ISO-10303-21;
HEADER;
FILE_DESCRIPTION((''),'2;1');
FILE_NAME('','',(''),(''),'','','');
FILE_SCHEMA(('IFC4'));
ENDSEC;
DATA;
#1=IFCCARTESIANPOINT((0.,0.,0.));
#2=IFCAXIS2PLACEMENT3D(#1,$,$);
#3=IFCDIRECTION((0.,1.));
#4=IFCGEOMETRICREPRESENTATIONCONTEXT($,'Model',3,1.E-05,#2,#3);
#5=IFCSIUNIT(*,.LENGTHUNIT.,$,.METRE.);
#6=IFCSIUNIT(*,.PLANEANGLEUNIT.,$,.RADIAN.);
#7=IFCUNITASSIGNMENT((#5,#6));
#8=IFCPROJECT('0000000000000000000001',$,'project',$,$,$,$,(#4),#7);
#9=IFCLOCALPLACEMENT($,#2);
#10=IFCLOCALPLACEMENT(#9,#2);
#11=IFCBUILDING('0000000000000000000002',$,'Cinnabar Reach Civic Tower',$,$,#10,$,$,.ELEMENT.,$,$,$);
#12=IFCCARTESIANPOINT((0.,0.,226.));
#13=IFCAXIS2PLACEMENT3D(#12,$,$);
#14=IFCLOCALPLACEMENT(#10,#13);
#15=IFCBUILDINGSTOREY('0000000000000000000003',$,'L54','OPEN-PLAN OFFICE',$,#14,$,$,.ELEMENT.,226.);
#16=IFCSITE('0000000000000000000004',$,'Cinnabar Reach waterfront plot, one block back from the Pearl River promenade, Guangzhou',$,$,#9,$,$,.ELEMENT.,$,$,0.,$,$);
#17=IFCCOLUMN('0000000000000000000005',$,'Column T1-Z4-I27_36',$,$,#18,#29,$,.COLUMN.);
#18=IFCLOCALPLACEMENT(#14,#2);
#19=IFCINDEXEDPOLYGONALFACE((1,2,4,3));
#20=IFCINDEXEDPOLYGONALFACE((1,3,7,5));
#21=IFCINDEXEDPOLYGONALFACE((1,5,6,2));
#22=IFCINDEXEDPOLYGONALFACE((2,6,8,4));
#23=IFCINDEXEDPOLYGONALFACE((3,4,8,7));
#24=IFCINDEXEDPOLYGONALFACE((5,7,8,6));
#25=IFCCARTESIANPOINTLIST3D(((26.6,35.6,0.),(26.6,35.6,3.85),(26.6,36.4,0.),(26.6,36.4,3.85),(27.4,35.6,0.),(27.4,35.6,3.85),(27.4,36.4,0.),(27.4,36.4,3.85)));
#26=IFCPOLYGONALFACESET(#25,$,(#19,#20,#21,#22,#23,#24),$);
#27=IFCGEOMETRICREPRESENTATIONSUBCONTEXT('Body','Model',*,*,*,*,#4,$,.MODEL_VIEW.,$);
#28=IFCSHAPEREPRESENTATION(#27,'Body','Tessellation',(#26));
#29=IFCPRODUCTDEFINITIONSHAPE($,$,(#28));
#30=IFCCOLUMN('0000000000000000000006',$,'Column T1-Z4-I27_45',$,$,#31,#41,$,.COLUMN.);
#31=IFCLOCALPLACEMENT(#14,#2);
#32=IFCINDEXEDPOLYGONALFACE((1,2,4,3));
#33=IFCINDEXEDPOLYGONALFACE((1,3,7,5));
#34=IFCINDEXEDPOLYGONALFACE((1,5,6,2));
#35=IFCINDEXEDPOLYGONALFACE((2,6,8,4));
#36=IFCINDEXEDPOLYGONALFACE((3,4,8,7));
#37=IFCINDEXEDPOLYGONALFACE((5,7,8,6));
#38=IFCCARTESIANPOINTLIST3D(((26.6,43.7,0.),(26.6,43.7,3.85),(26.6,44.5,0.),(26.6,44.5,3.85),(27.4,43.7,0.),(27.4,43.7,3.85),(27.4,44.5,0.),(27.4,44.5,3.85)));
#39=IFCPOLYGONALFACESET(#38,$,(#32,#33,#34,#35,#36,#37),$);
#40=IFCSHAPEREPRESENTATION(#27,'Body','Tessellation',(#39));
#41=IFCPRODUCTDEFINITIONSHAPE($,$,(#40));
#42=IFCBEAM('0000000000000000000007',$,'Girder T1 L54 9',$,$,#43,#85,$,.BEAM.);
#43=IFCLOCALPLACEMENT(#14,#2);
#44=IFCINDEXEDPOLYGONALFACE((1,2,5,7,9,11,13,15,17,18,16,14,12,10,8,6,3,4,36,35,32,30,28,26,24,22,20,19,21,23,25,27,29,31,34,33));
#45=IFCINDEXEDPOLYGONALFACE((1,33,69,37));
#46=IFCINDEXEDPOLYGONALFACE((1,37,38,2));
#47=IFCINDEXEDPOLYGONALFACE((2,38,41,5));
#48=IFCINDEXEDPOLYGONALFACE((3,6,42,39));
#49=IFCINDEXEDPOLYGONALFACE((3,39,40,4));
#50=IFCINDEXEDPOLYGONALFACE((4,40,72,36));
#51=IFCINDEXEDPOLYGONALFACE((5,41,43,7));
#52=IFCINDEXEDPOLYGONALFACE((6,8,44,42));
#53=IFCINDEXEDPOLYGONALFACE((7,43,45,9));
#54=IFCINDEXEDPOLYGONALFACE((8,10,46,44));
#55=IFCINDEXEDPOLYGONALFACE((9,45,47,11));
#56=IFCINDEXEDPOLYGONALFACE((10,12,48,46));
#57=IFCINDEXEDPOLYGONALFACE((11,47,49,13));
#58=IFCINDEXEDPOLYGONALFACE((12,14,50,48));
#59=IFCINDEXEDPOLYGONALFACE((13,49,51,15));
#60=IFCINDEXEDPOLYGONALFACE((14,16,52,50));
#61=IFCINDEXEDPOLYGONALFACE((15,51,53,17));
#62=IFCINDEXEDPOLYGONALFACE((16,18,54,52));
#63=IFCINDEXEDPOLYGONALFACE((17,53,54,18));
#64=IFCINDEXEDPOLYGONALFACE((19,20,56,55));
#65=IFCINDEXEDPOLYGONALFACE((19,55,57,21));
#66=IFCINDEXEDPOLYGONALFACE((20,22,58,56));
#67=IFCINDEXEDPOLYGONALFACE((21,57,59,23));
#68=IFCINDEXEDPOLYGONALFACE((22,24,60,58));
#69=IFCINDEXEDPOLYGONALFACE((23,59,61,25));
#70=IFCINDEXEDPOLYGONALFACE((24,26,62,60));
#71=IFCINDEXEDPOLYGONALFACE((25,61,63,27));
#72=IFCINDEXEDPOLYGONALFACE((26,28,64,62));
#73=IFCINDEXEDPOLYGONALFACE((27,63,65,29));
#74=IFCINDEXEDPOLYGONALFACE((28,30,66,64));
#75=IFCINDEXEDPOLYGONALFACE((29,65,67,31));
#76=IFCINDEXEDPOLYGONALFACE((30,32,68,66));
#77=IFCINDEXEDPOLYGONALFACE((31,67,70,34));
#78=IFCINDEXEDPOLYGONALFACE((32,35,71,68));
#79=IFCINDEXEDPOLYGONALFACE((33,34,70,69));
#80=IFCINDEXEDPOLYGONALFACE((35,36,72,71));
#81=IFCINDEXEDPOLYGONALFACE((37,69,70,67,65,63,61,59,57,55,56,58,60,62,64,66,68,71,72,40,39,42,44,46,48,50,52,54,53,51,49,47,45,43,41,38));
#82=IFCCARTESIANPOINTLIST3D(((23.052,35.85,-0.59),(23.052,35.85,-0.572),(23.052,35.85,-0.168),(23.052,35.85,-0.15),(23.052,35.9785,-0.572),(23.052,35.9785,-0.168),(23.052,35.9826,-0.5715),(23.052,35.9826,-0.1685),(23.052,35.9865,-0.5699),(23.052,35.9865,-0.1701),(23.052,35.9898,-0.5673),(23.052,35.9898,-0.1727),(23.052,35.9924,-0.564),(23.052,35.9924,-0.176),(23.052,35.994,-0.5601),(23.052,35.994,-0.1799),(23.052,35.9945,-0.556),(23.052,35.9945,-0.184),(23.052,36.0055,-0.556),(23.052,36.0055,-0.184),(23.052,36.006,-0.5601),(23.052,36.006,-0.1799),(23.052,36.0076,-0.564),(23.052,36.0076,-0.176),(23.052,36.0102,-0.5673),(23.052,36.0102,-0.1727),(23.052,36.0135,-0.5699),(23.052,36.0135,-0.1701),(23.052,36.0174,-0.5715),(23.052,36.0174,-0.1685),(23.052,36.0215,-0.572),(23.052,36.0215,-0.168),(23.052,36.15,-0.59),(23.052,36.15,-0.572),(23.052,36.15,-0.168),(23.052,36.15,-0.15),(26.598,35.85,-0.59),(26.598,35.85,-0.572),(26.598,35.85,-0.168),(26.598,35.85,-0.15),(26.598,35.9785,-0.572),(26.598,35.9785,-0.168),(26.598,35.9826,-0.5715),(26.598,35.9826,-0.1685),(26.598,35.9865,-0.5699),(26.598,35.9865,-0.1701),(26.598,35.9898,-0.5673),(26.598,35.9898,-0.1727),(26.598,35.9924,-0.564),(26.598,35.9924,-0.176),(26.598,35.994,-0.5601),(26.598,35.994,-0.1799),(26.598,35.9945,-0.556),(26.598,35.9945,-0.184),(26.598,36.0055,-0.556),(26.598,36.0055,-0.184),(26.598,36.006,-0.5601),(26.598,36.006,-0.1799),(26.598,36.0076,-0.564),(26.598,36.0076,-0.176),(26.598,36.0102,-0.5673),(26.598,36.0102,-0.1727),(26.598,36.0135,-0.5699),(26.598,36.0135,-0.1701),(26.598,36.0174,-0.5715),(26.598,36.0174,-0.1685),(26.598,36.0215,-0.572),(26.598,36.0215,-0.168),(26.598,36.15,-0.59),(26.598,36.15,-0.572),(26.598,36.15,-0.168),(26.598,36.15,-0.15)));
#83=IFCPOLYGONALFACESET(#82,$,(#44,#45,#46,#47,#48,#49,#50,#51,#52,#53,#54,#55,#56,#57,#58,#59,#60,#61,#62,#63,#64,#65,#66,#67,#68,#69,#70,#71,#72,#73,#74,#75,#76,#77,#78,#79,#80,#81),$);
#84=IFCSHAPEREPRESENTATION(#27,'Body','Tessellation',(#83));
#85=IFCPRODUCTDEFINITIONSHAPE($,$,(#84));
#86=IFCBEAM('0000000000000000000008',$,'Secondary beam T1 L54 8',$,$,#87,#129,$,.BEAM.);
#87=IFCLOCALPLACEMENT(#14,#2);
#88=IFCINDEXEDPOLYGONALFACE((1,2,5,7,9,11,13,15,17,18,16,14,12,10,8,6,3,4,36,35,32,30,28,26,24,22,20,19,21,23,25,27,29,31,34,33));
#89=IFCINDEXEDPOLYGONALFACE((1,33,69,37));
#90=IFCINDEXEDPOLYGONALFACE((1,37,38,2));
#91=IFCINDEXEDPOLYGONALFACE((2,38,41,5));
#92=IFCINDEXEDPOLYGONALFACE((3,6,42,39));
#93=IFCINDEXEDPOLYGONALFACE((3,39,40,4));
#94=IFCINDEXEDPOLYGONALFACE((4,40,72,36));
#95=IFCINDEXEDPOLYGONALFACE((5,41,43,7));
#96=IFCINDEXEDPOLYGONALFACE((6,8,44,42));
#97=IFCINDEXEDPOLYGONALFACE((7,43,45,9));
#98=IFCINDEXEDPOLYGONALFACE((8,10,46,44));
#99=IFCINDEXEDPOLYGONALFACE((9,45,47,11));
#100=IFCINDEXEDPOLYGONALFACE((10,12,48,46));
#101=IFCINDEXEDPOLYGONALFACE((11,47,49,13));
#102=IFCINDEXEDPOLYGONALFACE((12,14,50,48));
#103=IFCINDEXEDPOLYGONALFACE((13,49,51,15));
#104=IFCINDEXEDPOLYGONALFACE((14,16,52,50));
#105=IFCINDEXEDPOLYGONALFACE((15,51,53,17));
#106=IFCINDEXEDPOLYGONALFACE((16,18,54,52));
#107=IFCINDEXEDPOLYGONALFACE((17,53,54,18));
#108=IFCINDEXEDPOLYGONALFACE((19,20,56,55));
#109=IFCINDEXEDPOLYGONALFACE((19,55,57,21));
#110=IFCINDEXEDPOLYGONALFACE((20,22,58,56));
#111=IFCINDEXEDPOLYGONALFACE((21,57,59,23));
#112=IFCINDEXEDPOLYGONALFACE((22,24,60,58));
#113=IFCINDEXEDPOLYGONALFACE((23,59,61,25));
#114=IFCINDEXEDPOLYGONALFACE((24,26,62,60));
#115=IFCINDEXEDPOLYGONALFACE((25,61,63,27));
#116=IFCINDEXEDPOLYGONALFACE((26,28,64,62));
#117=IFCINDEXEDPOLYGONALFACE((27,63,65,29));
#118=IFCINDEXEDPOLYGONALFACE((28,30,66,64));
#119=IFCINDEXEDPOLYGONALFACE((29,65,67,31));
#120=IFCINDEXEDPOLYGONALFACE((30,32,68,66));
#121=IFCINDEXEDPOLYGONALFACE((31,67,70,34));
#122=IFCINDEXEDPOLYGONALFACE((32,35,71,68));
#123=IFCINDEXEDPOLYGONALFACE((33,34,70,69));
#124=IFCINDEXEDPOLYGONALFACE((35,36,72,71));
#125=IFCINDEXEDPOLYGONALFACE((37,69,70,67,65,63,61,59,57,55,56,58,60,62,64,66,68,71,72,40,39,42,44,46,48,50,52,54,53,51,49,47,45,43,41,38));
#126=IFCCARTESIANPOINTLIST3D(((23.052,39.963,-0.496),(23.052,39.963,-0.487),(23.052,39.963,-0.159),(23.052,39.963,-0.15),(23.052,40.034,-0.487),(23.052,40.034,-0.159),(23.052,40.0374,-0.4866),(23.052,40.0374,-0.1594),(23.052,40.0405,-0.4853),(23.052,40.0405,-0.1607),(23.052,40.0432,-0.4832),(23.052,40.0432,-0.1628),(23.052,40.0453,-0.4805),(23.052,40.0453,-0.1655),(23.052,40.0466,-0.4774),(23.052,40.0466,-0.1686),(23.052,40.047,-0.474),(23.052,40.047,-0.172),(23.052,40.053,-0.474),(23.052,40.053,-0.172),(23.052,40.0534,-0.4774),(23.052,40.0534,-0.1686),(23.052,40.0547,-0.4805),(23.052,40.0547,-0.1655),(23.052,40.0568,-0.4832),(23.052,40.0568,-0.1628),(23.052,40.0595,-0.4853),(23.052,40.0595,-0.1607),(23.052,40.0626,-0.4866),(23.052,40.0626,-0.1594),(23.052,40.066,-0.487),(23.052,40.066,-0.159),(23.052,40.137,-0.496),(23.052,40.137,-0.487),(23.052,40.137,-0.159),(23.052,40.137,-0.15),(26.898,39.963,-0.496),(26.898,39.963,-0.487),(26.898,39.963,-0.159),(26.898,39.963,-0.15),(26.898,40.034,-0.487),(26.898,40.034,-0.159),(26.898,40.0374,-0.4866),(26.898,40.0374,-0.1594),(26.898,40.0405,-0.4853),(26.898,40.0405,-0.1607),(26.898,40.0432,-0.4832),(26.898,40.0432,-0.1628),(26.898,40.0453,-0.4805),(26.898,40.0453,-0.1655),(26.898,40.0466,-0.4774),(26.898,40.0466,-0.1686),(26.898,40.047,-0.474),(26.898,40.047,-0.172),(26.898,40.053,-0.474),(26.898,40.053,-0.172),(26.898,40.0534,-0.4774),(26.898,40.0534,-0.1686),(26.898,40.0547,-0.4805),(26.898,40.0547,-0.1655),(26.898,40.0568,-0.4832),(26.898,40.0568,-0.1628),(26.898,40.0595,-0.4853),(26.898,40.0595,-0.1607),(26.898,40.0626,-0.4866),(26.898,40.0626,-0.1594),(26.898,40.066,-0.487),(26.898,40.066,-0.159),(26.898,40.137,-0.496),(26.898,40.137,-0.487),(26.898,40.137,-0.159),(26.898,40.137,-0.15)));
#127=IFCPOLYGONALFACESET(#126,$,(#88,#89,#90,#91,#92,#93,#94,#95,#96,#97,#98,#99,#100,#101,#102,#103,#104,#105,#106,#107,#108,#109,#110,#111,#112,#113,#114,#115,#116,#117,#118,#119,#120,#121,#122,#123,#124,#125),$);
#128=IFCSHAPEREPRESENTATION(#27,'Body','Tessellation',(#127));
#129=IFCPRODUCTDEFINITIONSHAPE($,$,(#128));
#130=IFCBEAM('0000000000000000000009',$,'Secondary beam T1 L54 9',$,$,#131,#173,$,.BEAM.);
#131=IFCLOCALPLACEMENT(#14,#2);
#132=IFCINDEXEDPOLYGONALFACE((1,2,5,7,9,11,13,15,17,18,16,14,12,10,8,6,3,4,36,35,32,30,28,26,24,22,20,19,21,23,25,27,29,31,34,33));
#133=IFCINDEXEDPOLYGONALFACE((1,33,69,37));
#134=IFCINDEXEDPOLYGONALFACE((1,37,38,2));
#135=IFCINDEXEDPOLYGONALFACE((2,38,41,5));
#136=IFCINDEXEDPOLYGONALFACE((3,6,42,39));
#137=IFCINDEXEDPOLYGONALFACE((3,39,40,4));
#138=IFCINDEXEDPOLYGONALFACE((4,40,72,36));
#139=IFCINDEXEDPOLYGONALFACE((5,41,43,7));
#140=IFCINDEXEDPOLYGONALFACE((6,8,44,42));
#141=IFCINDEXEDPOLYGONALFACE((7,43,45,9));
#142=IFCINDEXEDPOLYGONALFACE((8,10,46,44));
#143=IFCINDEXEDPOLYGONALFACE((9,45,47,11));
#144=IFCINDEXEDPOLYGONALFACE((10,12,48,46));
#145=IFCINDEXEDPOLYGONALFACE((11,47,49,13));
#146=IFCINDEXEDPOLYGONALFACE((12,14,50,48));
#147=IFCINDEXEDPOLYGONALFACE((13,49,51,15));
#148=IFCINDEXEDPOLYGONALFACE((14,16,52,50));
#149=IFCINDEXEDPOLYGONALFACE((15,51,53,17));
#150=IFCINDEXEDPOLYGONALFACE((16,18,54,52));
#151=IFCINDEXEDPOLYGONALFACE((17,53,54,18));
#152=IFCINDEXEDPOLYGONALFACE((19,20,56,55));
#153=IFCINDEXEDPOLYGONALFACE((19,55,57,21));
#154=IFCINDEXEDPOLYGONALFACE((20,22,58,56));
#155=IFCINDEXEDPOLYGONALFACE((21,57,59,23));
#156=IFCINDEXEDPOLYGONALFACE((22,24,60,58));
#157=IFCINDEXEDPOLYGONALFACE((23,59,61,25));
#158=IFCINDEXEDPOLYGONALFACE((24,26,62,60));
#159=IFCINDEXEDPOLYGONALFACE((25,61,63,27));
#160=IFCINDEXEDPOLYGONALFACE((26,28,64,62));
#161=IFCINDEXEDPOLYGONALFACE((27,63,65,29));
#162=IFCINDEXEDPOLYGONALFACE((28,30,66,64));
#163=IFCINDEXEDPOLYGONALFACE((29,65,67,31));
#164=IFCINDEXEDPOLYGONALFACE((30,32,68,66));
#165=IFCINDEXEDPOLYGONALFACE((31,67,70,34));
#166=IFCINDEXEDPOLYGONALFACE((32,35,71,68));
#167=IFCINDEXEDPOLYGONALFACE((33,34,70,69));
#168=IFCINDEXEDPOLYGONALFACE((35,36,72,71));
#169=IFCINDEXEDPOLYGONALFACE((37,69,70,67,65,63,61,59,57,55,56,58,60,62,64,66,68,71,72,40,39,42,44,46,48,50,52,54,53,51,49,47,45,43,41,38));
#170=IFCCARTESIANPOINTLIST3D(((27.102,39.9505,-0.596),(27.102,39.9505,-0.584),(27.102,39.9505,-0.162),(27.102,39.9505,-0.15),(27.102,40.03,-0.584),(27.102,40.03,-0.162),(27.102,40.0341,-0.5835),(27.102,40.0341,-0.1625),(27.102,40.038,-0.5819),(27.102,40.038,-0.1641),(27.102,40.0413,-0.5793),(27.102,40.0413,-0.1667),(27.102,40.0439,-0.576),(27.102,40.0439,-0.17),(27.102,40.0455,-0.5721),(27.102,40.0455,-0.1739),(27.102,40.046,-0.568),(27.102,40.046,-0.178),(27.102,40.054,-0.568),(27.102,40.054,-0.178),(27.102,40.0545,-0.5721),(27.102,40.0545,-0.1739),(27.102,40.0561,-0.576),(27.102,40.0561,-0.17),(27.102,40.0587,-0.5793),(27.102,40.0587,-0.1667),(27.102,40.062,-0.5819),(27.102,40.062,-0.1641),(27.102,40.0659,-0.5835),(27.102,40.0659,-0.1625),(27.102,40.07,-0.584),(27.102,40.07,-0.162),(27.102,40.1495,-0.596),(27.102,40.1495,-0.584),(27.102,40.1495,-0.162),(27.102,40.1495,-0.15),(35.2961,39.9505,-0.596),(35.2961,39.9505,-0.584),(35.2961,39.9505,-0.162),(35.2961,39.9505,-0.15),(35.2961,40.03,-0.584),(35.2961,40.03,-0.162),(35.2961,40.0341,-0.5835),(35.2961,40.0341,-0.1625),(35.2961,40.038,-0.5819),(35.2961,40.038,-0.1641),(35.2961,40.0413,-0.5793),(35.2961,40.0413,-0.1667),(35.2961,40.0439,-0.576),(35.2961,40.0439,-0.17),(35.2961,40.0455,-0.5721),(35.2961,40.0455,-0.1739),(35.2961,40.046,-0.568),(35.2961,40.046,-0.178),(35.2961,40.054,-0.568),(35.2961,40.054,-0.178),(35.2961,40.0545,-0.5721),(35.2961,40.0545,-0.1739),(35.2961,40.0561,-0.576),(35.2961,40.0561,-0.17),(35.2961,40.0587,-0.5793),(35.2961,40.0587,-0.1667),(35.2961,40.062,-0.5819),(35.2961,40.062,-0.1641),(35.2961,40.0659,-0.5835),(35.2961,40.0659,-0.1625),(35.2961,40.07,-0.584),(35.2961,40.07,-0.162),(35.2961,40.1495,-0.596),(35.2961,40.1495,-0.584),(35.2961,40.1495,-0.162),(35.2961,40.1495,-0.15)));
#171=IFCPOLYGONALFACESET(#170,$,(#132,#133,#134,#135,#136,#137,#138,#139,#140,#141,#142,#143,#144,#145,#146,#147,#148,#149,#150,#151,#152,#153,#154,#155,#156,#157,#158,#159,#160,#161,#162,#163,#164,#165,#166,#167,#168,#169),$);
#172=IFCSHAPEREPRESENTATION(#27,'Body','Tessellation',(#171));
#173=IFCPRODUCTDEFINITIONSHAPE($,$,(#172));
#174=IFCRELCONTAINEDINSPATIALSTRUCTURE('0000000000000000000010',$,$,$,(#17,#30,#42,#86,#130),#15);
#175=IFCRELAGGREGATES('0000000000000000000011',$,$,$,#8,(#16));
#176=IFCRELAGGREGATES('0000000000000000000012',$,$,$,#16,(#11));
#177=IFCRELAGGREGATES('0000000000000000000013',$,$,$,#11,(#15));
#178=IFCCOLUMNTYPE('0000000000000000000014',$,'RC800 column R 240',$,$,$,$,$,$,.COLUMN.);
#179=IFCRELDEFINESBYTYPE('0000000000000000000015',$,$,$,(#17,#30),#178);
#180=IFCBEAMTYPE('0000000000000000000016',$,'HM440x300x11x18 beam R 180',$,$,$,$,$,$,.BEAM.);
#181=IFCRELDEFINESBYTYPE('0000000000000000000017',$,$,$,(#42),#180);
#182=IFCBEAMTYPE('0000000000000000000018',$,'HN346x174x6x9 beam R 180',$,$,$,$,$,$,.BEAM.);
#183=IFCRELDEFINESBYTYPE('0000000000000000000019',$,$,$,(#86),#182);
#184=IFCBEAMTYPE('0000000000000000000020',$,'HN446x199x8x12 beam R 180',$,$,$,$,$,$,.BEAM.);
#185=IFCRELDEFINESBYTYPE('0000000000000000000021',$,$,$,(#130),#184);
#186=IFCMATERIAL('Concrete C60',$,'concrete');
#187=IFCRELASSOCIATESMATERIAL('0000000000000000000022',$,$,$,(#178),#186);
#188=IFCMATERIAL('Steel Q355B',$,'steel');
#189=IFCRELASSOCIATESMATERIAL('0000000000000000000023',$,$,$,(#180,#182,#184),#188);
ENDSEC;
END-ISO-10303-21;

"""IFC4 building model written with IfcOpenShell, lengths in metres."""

from ifc_helpers import new_model, si_unit, direction, frame, origin, origin_2d, place, context, subcontext, project, spatial, rectangle, i_section, extrude, material, material_profile, profile_set, type_object, element, save


model = new_model("IFC4")

# Units and contexts
model_context = context("Model", 3, precision=1e-05, world=origin(), true_north=direction((0.0, 1.0)))
body_context = subcontext(model_context, "Body", "Model", "MODEL_VIEW")
ifc_project = project(units=[si_unit("LENGTHUNIT", "METRE"), si_unit("PLANEANGLEUNIT", "RADIAN")], contexts=[model_context])

# Site, building, storey
site_placement = place(None, origin())
site = spatial("IfcSite", under=ifc_project, at=site_placement, Name="Cinnabar Reach waterfront plot, one block back from the Pearl River promenade, Guangzhou", CompositionType="ELEMENT", RefElevation=0.0)
building_placement = place(site_placement, origin())
building = spatial("IfcBuilding", under=site, at=building_placement, Name="Cinnabar Reach Civic Tower", CompositionType="ELEMENT")
storey_placement = place(building_placement, frame((0.0, 0.0, 226.0)))
storey = spatial("IfcBuildingStorey", under=building, at=storey_placement, Name="L54", Description="OPEN-PLAN OFFICE", CompositionType="ELEMENT", Elevation=226.0)

# Columns
ifc_material_1 = material(Name="Concrete C60", Category="concrete")
ifc_material_profile_1 = material_profile(ifc_material_1, rectangle(XDim=0.8, YDim=0.8, at=origin_2d()), Name="RC800")
ifc_profile_set_1 = profile_set([ifc_material_profile_1], Name="Concrete C60")
column_type = type_object("IfcColumnType", Name="RC800 column R 240", PredefinedType="COLUMN", material=ifc_profile_set_1)
for number, where, z_axis, x_axis, name in (
    (1, (27.0, 36.0, 0.0), (0.0, 0.0, 1.0), (1.0, 0.0, 0.0), "Column T1-Z4-I27_36"),
    (2, (27.0, 44.1, 0.0), (0.0, 0.0, 1.0), (1.0, 0.0, 0.0), "Column T1-Z4-I27_45"),
):
    element("IfcColumn", number, at=place(storey_placement, frame(where, z_axis=z_axis, x_axis=x_axis)), inside=storey, type_object=column_type, Name=name, PredefinedType="COLUMN", context=body_context, shape_type="SweptSolid", body=[
        extrude(rectangle(XDim=0.8, YDim=0.8, at=origin_2d()), origin(), (0.0, 0.0, 1.0), 3.85),
    ])

# Beams
ifc_material_2 = material(Name="Steel Q355B", Category="steel")
ifc_material_profile_2 = material_profile(ifc_material_2, i_section(OverallWidth=0.3, OverallDepth=0.44, WebThickness=0.011, FlangeThickness=0.018, FilletRadius=0.016, at=origin_2d()), Name="HM440x300x11x18")
ifc_profile_set_2 = profile_set([ifc_material_profile_2], Name="Steel Q355B")
beam_type_1 = type_object("IfcBeamType", Name="HM440x300x11x18 beam R 180", PredefinedType="BEAM", material=ifc_profile_set_2)
beam_1_placement = place(storey_placement, frame((23.052, 36.0, -0.37), z_axis=(1.0, 0.0, 0.0), x_axis=(0.0, 1.0, 0.0)))
element("IfcBeam", 3, at=beam_1_placement, inside=storey, type_object=beam_type_1, Name="Girder T1 L54 9", PredefinedType="BEAM", context=body_context, shape_type="SweptSolid", body=[
    extrude(i_section(OverallWidth=0.3, OverallDepth=0.44, WebThickness=0.011, FlangeThickness=0.018, FilletRadius=0.016, at=origin_2d()), origin(), (0.0, 0.0, 1.0), 3.546),
])
ifc_material_profile_3 = material_profile(ifc_material_2, i_section(OverallWidth=0.174, OverallDepth=0.346, WebThickness=0.006, FlangeThickness=0.009, FilletRadius=0.013, at=origin_2d()), Name="HN346x174x6x9")
ifc_profile_set_3 = profile_set([ifc_material_profile_3], Name="Steel Q355B")
beam_type_2 = type_object("IfcBeamType", Name="HN346x174x6x9 beam R 180", PredefinedType="BEAM", material=ifc_profile_set_3)
beam_2_placement = place(storey_placement, frame((23.052, 40.05, -0.323), z_axis=(1.0, 0.0, 0.0), x_axis=(0.0, 1.0, 0.0)))
element("IfcBeam", 4, at=beam_2_placement, inside=storey, type_object=beam_type_2, Name="Secondary beam T1 L54 8", PredefinedType="BEAM", context=body_context, shape_type="SweptSolid", body=[
    extrude(i_section(OverallWidth=0.174, OverallDepth=0.346, WebThickness=0.006, FlangeThickness=0.009, FilletRadius=0.013, at=origin_2d()), origin(), (0.0, 0.0, 1.0), 3.846),
])
ifc_material_profile_4 = material_profile(ifc_material_2, i_section(OverallWidth=0.199, OverallDepth=0.446, WebThickness=0.008, FlangeThickness=0.012, FilletRadius=0.016, at=origin_2d()), Name="HN446x199x8x12")
ifc_profile_set_4 = profile_set([ifc_material_profile_4], Name="Steel Q355B")
beam_type_3 = type_object("IfcBeamType", Name="HN446x199x8x12 beam R 180", PredefinedType="BEAM", material=ifc_profile_set_4)
beam_3_placement = place(storey_placement, frame((27.102, 40.05, -0.373), z_axis=(1.0, 0.0, 0.0), x_axis=(0.0, 1.0, 0.0)))
element("IfcBeam", 5, at=beam_3_placement, inside=storey, type_object=beam_type_3, Name="Secondary beam T1 L54 9", PredefinedType="BEAM", context=body_context, shape_type="SweptSolid", body=[
    extrude(i_section(OverallWidth=0.199, OverallDepth=0.446, WebThickness=0.008, FlangeThickness=0.012, FilletRadius=0.016, at=origin_2d()), origin(), (0.0, 0.0, 1.0), 8.1941),
])

save(model, "model.ifc")
